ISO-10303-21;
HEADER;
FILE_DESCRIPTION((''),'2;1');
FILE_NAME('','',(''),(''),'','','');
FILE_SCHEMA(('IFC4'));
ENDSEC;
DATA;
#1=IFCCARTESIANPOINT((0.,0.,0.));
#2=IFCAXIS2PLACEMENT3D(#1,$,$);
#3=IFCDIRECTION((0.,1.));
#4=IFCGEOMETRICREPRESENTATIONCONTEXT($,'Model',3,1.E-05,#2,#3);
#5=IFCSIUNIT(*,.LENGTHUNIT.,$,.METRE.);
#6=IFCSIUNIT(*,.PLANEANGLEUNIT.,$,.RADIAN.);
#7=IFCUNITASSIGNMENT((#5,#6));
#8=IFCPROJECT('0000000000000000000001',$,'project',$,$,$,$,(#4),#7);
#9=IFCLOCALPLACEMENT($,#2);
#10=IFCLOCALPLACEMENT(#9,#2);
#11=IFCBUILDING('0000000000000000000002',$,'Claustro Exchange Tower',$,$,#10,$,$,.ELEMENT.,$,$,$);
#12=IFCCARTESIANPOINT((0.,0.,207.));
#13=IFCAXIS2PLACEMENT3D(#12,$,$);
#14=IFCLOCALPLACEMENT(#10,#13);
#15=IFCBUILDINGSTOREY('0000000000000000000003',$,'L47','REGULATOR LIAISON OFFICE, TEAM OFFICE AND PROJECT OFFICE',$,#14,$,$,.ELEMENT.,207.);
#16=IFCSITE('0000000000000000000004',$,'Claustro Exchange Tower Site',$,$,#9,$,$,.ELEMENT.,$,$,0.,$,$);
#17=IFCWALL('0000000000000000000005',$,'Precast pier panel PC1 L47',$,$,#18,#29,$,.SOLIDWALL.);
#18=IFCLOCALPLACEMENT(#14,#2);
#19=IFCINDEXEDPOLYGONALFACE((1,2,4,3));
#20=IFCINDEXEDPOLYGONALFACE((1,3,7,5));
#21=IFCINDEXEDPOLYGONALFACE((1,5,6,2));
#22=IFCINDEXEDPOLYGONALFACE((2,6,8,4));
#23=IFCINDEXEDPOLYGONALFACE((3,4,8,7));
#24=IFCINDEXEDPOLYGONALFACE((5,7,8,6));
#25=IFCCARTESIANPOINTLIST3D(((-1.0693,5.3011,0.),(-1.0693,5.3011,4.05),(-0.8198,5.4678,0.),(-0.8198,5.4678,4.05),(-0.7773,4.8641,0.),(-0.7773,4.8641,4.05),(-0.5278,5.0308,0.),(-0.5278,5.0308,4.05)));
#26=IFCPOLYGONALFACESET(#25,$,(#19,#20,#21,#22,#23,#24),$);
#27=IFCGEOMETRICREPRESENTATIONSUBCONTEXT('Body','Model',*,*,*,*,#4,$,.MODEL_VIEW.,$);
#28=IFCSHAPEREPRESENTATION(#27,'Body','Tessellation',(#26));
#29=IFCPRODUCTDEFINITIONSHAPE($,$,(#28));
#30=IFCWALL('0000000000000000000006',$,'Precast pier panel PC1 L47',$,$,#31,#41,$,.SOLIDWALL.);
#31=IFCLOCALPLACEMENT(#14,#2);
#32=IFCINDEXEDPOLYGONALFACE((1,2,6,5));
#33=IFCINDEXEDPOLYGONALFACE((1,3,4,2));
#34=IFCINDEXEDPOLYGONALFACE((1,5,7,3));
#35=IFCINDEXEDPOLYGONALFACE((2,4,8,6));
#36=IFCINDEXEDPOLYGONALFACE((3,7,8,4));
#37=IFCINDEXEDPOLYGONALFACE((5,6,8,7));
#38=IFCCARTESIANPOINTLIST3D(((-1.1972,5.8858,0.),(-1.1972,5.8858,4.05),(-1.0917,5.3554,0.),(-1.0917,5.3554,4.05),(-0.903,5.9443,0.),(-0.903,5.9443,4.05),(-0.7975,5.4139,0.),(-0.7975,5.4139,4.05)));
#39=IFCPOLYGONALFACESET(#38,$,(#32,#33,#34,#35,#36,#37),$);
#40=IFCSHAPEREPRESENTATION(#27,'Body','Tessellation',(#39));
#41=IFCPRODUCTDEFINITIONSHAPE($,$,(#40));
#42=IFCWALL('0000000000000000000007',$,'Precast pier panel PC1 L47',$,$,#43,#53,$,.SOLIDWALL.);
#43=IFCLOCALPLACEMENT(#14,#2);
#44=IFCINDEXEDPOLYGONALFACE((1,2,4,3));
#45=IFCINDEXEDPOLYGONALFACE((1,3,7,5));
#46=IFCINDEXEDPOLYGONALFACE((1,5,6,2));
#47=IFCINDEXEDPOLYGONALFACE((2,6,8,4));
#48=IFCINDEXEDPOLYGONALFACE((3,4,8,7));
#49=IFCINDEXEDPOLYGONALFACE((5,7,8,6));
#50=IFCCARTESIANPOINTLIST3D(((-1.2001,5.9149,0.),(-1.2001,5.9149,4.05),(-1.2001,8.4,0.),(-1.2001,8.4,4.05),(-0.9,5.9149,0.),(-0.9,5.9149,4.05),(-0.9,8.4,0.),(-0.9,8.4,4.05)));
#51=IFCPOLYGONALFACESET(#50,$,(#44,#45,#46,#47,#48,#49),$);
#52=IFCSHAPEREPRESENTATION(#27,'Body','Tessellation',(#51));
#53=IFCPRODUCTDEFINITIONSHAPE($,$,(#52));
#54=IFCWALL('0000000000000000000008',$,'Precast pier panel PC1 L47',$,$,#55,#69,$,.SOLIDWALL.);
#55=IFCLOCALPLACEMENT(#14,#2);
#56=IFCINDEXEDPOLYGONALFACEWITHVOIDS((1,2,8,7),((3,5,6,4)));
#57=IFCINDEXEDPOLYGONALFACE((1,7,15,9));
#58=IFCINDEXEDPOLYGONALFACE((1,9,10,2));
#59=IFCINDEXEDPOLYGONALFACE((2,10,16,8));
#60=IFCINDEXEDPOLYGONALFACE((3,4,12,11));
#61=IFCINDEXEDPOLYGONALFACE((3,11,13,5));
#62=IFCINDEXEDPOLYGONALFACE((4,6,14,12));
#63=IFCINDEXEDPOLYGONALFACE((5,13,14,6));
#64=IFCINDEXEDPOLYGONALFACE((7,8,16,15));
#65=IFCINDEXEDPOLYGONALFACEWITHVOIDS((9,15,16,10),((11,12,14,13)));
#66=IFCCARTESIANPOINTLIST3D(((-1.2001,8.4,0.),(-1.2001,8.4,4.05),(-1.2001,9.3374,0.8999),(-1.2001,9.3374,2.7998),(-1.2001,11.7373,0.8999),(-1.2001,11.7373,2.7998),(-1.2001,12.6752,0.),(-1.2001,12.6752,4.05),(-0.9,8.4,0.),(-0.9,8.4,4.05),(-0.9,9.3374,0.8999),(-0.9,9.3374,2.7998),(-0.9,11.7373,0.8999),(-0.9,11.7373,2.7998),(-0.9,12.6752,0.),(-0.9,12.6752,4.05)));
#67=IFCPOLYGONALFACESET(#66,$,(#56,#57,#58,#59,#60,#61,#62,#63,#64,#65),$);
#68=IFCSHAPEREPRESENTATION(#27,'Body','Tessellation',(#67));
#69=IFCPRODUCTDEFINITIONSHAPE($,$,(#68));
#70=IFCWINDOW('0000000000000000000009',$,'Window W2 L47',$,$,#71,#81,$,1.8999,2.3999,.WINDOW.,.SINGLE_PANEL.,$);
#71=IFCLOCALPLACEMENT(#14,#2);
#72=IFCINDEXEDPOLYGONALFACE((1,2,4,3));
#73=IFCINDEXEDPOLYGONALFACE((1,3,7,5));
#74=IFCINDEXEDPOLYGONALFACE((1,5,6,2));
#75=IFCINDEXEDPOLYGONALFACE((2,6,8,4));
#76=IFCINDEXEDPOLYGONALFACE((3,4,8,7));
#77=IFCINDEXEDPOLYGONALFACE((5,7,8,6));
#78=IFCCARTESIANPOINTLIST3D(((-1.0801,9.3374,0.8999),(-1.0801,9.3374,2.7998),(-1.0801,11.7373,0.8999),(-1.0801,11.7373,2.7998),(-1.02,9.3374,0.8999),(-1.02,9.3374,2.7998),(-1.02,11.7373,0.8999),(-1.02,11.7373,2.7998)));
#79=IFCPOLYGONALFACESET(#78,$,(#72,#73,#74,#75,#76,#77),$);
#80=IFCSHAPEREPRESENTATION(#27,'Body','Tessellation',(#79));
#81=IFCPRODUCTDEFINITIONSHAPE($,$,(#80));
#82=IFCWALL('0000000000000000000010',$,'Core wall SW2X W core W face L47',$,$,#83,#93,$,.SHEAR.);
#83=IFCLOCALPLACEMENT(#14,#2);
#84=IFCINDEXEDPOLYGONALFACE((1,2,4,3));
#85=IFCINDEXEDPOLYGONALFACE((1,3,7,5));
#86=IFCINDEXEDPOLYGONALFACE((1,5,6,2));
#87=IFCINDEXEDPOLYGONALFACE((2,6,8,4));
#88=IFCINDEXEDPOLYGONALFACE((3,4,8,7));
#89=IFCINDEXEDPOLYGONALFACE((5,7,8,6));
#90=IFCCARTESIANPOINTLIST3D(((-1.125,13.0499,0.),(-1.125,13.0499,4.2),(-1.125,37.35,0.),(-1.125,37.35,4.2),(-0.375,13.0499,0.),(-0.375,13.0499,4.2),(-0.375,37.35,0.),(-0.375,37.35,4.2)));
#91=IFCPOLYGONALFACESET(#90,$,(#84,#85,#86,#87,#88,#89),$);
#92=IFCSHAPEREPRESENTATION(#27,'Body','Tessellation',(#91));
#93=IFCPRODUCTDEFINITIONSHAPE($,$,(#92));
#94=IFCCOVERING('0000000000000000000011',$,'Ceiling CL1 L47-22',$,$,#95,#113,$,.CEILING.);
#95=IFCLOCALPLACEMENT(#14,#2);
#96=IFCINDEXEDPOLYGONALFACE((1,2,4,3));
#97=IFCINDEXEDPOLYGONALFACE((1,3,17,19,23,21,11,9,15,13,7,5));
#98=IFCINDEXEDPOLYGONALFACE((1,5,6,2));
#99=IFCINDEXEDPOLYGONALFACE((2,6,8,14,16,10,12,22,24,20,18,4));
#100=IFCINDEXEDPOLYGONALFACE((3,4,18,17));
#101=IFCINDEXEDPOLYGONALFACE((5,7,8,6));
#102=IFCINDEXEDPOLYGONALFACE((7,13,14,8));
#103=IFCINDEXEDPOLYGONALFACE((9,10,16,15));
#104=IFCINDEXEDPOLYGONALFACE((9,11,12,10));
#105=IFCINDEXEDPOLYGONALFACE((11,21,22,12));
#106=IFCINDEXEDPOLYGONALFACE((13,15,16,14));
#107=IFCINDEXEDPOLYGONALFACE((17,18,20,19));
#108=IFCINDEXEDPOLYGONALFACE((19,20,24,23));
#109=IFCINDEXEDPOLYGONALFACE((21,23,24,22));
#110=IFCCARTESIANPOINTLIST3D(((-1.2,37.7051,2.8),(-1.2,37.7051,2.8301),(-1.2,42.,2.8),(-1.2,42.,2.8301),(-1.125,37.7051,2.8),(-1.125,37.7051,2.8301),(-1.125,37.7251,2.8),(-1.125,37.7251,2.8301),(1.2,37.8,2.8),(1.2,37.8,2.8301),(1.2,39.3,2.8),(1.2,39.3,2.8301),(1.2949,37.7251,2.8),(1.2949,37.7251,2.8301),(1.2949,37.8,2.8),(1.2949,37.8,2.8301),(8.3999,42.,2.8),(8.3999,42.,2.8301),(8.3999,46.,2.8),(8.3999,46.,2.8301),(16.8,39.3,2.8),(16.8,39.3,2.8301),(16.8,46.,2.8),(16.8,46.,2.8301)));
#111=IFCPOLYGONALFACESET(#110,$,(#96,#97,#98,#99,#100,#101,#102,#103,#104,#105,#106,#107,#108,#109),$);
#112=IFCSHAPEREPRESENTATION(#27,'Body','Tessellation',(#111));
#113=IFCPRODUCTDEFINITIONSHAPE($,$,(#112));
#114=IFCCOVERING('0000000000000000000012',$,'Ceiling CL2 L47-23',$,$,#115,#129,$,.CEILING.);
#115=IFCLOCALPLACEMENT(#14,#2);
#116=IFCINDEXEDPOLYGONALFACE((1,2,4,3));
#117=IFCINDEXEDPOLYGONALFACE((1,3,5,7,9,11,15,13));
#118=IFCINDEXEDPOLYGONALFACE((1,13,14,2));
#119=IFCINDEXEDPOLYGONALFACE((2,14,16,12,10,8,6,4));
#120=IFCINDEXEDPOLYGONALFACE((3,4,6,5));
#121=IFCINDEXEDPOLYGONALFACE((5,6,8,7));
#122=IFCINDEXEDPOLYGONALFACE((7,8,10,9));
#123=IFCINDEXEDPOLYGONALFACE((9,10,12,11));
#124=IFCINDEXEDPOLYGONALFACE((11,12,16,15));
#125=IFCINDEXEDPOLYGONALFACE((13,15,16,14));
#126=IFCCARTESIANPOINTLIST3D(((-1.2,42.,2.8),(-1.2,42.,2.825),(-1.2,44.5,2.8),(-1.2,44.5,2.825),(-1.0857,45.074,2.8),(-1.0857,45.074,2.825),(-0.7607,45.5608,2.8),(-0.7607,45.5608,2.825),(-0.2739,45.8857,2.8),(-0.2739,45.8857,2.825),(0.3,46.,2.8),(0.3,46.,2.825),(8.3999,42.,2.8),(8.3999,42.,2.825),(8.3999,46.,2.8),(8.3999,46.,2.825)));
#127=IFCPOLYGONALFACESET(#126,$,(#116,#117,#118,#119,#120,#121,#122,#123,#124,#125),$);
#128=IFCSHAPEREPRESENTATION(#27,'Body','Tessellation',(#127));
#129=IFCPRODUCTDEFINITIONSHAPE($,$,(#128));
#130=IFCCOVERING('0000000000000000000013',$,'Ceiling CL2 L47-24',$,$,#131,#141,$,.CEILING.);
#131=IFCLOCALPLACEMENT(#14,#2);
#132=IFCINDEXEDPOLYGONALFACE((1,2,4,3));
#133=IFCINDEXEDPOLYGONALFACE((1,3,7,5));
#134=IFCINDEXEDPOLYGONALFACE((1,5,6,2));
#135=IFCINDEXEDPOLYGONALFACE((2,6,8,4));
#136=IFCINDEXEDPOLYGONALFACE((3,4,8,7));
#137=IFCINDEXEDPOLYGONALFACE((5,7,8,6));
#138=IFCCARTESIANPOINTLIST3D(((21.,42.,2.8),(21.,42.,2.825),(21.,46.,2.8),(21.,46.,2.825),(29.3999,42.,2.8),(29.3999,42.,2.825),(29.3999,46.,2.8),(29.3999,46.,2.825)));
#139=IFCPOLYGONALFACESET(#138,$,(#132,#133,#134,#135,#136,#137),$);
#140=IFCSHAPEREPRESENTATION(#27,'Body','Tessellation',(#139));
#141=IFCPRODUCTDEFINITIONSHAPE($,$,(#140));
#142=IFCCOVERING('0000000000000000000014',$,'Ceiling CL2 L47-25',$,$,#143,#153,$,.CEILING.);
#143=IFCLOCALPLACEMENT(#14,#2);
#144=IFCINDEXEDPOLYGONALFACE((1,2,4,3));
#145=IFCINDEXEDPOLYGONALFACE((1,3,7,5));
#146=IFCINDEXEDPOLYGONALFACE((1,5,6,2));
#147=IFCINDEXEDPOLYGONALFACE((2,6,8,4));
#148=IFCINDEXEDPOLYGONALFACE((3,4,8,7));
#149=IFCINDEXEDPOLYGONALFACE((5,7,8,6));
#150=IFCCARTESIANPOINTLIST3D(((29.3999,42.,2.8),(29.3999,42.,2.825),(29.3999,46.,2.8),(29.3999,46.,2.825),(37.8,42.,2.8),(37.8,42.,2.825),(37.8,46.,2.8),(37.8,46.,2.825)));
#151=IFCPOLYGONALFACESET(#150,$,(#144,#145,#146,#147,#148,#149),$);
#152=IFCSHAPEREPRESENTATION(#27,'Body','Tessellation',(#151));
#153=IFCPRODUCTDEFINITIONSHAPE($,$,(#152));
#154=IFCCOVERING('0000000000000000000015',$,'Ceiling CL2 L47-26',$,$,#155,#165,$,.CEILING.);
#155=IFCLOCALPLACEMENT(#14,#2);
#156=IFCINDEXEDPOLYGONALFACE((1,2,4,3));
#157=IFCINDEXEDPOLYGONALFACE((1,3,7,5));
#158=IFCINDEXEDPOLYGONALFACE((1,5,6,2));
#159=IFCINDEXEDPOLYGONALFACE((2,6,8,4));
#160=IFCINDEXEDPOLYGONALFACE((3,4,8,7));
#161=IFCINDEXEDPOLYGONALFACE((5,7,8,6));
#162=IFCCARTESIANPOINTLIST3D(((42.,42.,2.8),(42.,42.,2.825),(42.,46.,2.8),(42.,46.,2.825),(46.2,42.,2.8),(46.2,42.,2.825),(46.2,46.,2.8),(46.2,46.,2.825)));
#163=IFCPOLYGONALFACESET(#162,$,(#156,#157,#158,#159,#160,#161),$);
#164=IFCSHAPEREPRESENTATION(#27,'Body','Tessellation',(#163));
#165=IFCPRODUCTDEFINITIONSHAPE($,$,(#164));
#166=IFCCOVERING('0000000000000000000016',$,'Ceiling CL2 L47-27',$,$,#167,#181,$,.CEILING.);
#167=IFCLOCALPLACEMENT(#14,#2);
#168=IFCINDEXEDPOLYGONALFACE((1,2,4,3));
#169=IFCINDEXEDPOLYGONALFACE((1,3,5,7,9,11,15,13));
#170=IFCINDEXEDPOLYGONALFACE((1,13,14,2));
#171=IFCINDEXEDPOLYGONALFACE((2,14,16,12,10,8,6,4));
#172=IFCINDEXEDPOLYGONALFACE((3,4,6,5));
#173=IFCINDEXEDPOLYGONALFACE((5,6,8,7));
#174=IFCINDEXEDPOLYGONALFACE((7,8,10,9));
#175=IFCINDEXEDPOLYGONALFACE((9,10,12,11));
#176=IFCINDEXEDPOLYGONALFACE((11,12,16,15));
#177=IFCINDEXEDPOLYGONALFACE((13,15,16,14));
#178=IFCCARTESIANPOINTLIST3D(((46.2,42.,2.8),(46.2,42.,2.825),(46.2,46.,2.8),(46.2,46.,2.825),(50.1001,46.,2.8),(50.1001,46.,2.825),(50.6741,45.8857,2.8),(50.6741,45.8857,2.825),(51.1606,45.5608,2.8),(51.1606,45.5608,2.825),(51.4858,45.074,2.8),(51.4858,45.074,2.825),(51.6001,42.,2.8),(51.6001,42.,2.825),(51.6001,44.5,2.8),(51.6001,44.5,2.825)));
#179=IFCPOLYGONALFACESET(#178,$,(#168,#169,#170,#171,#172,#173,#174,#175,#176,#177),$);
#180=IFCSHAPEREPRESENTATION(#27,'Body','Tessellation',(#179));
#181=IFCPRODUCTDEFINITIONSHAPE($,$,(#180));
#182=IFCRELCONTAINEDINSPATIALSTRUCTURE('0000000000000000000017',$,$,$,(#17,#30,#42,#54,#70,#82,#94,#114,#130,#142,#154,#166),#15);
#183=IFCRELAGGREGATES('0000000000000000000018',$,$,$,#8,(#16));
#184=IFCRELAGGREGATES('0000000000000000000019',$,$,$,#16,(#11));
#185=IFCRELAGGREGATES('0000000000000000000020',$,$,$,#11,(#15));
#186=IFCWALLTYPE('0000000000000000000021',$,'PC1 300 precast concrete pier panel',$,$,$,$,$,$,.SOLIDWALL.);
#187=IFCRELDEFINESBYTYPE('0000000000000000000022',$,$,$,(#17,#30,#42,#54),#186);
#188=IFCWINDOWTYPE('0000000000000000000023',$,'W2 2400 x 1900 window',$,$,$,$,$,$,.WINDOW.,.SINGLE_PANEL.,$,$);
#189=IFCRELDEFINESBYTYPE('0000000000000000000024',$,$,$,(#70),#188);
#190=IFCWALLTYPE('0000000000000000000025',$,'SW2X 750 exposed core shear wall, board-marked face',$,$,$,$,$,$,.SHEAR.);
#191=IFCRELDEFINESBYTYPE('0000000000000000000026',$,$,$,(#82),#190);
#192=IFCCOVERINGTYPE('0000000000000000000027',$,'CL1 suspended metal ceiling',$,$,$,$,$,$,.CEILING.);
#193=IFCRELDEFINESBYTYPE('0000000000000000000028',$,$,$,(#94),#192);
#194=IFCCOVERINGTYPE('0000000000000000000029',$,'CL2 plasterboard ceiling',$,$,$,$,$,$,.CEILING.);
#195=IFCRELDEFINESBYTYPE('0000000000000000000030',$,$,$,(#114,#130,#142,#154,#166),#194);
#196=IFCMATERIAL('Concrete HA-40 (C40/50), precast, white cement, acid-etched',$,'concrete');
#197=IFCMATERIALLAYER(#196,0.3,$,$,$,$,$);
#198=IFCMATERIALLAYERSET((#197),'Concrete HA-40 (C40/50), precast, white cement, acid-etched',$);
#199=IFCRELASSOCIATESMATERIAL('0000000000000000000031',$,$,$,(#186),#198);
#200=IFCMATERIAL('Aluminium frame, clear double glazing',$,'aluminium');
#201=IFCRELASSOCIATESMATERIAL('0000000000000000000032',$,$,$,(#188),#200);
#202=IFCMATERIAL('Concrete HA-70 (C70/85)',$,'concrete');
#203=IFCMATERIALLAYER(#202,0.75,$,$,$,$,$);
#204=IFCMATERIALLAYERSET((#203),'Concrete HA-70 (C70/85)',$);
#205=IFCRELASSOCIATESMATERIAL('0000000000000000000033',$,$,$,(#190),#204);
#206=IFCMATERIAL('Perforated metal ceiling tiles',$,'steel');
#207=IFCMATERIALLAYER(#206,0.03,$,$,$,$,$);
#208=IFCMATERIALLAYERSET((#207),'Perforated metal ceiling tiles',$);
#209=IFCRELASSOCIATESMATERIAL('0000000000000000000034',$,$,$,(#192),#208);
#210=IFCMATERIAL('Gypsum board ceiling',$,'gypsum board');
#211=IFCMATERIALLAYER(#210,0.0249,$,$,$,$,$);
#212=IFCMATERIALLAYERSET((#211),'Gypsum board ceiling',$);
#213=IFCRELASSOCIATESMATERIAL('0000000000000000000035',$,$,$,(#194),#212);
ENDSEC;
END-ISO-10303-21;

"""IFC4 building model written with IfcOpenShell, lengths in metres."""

from ifc_helpers import new_model, si_unit, direction, frame, frame_2d, origin, place, context, subcontext, project, spatial, polyline, rectangle, outline, extrude, material, layer, layer_set, type_object, element, fill, save


model = new_model("IFC4")

# Units and contexts
model_context = context("Model", 3, precision=1e-05, world=origin(), true_north=direction((0.0, 1.0)))
body_context = subcontext(model_context, "Body", "Model", "MODEL_VIEW")
ifc_project = project(units=[si_unit("LENGTHUNIT", "METRE"), si_unit("PLANEANGLEUNIT", "RADIAN")], contexts=[model_context])

# Site, building, storey
site_placement = place(None, origin())
site = spatial("IfcSite", under=ifc_project, at=site_placement, Name="Claustro Exchange Tower Site", CompositionType="ELEMENT", RefElevation=0.0)
building_placement = place(site_placement, origin())
building = spatial("IfcBuilding", under=site, at=building_placement, Name="Claustro Exchange Tower", CompositionType="ELEMENT")
storey_placement = place(building_placement, frame((0.0, 0.0, 207.0)))
storey = spatial("IfcBuildingStorey", under=building, at=storey_placement, Name="L47", Description="REGULATOR LIAISON OFFICE, TEAM OFFICE AND PROJECT OFFICE", CompositionType="ELEMENT", Elevation=207.0)

# Walls
ifc_material_1 = material(Name="Concrete HA-40 (C40/50), precast, white cement, acid-etched", Category="concrete")
ifc_layer_1 = layer(ifc_material_1, 0.3)
ifc_layer_set_1 = layer_set([ifc_layer_1], Name="Concrete HA-40 (C40/50), precast, white cement, acid-etched")
wall_type_1 = type_object("IfcWallType", Name="PC1 300 precast concrete pier panel", PredefinedType="SOLIDWALL", material=ifc_layer_set_1)
for number, where, z_axis, x_axis, name in (
    (1, (-0.6526, 4.9475, 0.0), (0.0, 0.0, 1.0), (-0.555557, 0.831478, 0.0), "Precast pier panel PC1 L47"),
):
    element("IfcWall", number, at=place(storey_placement, frame(where, z_axis=z_axis, x_axis=x_axis)), inside=storey, type_object=wall_type_1, Name=name, PredefinedType="SOLIDWALL", context=body_context, shape_type="SweptSolid", body=[
        extrude(rectangle(XDim=0.5256, YDim=0.3, at=frame_2d((0.2627, 0.0))), origin(), (0.0, 0.0, 1.0), 4.05),
    ])
wall_1_placement = place(storey_placement, frame((-0.9446, 5.3845, 0.0), z_axis=(0.0, 0.0, 1.0), x_axis=(-0.195074, 0.980789, 0.0)))
element("IfcWall", 2, at=wall_1_placement, inside=storey, type_object=wall_type_1, Name="Precast pier panel PC1 L47", PredefinedType="SOLIDWALL", context=body_context, shape_type="SweptSolid", body=[
    extrude(rectangle(XDim=0.5408, YDim=0.3, at=frame_2d((0.2705, 0.0))), origin(), (0.0, 0.0, 1.0), 4.05),
])
wall_2_placement = place(storey_placement, frame((-1.05, 5.9148, 0.0), z_axis=(0.0, 0.0, 1.0), x_axis=(0.0, 1.0, 0.0)))
element("IfcWall", 3, at=wall_2_placement, inside=storey, type_object=wall_type_1, Name="Precast pier panel PC1 L47", PredefinedType="SOLIDWALL", context=body_context, shape_type="SweptSolid", body=[
    extrude(rectangle(XDim=2.4851, YDim=0.3, at=frame_2d((1.2427, 0.0))), origin(), (0.0, 0.0, 1.0), 4.05),
])

# Wall, opening, window
wall_3_placement = place(storey_placement, frame((-1.05, 8.3999, 0.0), z_axis=(0.0, 0.0, 1.0), x_axis=(0.0, 1.0, 0.0)))
wall_3 = element("IfcWall", 4, at=wall_3_placement, inside=storey, type_object=wall_type_1, Name="Precast pier panel PC1 L47", PredefinedType="SOLIDWALL", context=body_context, shape_type="SweptSolid", body=[
    extrude(rectangle(XDim=4.2751, YDim=0.3, at=frame_2d((2.1377, 0.0))), origin(), (0.0, 0.0, 1.0), 4.05),
])
opening_1_placement = place(wall_3_placement, frame((0.9375, 0.0, 0.8999)))
opening_1 = element("IfcOpeningElement", 5, at=opening_1_placement, cuts=wall_3, PredefinedType="OPENING", context=body_context, shape_type="SweptSolid", body=[
    extrude(rectangle(XDim=2.3999, YDim=1.8999, at=frame_2d((1.2, 0.95))), frame((0.0, 0.1599, 0.0), z_axis=(0.0, -1.0, 0.0), x_axis=(1.0, 0.0, 0.0)), (0.0, 0.0, 1.0), 0.3201),
])
ifc_material_2 = material(Name="Aluminium frame, clear double glazing", Category="aluminium")
window_type = type_object("IfcWindowType", Name="W2 2400 x 1900 window", PartitioningType="SINGLE_PANEL", PredefinedType="WINDOW", material=ifc_material_2)
window_placement = place(opening_1_placement, origin())
window = element("IfcWindow", 6, at=window_placement, inside=storey, type_object=window_type, Name="Window W2 L47", OverallHeight=1.8999, OverallWidth=2.3999, PartitioningType="SINGLE_PANEL", PredefinedType="WINDOW", context=body_context, shape_type="SweptSolid", body=[
    extrude(rectangle(XDim=2.3999, YDim=1.8999, at=frame_2d((1.2, 0.95))), frame((0.0, 0.03, 0.0), z_axis=(0.0, -1.0, 0.0), x_axis=(1.0, 0.0, 0.0)), (0.0, 0.0, 1.0), 0.0601),
])
fill(opening_1, window)

# Wall
ifc_material_3 = material(Name="Concrete HA-70 (C70/85)", Category="concrete")
ifc_layer_2 = layer(ifc_material_3, 0.75)
ifc_layer_set_2 = layer_set([ifc_layer_2], Name="Concrete HA-70 (C70/85)")
wall_type_2 = type_object("IfcWallType", Name="SW2X 750 exposed core shear wall, board-marked face", PredefinedType="SHEAR", material=ifc_layer_set_2)
wall_4_placement = place(storey_placement, frame((-0.75, 13.05, 0.0), z_axis=(0.0, 0.0, 1.0), x_axis=(0.0, 1.0, 0.0)))
element("IfcWall", 7, at=wall_4_placement, inside=storey, type_object=wall_type_2, Name="Core wall SW2X W core W face L47", PredefinedType="SHEAR", context=body_context, shape_type="SweptSolid", body=[
    extrude(rectangle(XDim=24.3, YDim=0.75, at=frame_2d((12.1499, 0.0))), origin(), (0.0, 0.0, 1.0), 4.2),
])

# Coverings
ifc_material_4 = material(Name="Perforated metal ceiling tiles", Category="steel")
ifc_layer_3 = layer(ifc_material_4, 0.03)
ifc_layer_set_3 = layer_set([ifc_layer_3], Name="Perforated metal ceiling tiles")
covering_type_1 = type_object("IfcCoveringType", Name="CL1 suspended metal ceiling", PredefinedType="CEILING", material=ifc_layer_set_3)
covering_1_placement = place(storey_placement, frame((0.0, 0.0, 2.8)))
element("IfcCovering", 8, at=covering_1_placement, inside=storey, type_object=covering_type_1, Name="Ceiling CL1 L47-22", PredefinedType="CEILING", context=body_context, shape_type="SweptSolid", body=[
    extrude(outline(polyline([(-1.125, 37.7251), (1.2949, 37.7251), (1.2949, 37.8), (1.2, 37.8), (1.2, 39.3), (16.8, 39.3), (16.8, 46.0), (8.3999, 46.0), (8.3999, 42.0), (-1.2, 42.0), (-1.2, 37.7051), (-1.125, 37.7051), (-1.125, 37.7251)])), origin(), (0.0, 0.0, 1.0), 0.03),
])
ifc_material_5 = material(Name="Gypsum board ceiling", Category="gypsum board")
ifc_layer_4 = layer(ifc_material_5, 0.0249)
ifc_layer_set_4 = layer_set([ifc_layer_4], Name="Gypsum board ceiling")
covering_type_2 = type_object("IfcCoveringType", Name="CL2 plasterboard ceiling", PredefinedType="CEILING", material=ifc_layer_set_4)
covering_2_placement = place(storey_placement, frame((0.0, 0.0, 2.8)))
element("IfcCovering", 9, at=covering_2_placement, inside=storey, type_object=covering_type_2, Name="Ceiling CL2 L47-23", PredefinedType="CEILING", context=body_context, shape_type="SweptSolid", body=[
    extrude(outline(polyline([(-1.2, 44.5), (-1.2, 42.0), (8.3999, 42.0), (8.3999, 46.0), (0.3, 46.0), (-0.2739, 45.8857), (-0.7607, 45.5608), (-1.0857, 45.074), (-1.2, 44.5)])), origin(), (0.0, 0.0, 1.0), 0.0249),
])
covering_3_placement = place(storey_placement, frame((0.0, 0.0, 2.8)))
element("IfcCovering", 10, at=covering_3_placement, inside=storey, type_object=covering_type_2, Name="Ceiling CL2 L47-24", PredefinedType="CEILING", context=body_context, shape_type="SweptSolid", body=[
    extrude(outline(polyline([(29.3999, 46.0), (21.0, 46.0), (21.0, 42.0), (29.3999, 42.0), (29.3999, 46.0)])), origin(), (0.0, 0.0, 1.0), 0.0249),
])
covering_4_placement = place(storey_placement, frame((0.0, 0.0, 2.8)))
element("IfcCovering", 11, at=covering_4_placement, inside=storey, type_object=covering_type_2, Name="Ceiling CL2 L47-25", PredefinedType="CEILING", context=body_context, shape_type="SweptSolid", body=[
    extrude(outline(polyline([(37.8, 46.0), (29.3999, 46.0), (29.3999, 42.0), (37.8, 42.0), (37.8, 46.0)])), origin(), (0.0, 0.0, 1.0), 0.0249),
])
covering_5_placement = place(storey_placement, frame((0.0, 0.0, 2.8)))
element("IfcCovering", 12, at=covering_5_placement, inside=storey, type_object=covering_type_2, Name="Ceiling CL2 L47-26", PredefinedType="CEILING", context=body_context, shape_type="SweptSolid", body=[
    extrude(outline(polyline([(46.2, 46.0), (42.0, 46.0), (42.0, 42.0), (46.2, 42.0), (46.2, 46.0)])), origin(), (0.0, 0.0, 1.0), 0.0249),
])
covering_6_placement = place(storey_placement, frame((0.0, 0.0, 2.8)))
element("IfcCovering", 13, at=covering_6_placement, inside=storey, type_object=covering_type_2, Name="Ceiling CL2 L47-27", PredefinedType="CEILING", context=body_context, shape_type="SweptSolid", body=[
    extrude(outline(polyline([(50.1001, 46.0), (46.2, 46.0), (46.2, 42.0), (51.6001, 42.0), (51.6001, 44.5), (51.4858, 45.074), (51.1606, 45.5608), (50.6741, 45.8857), (50.1001, 46.0)])), origin(), (0.0, 0.0, 1.0), 0.0249),
])

save(model, "model.ifc")
